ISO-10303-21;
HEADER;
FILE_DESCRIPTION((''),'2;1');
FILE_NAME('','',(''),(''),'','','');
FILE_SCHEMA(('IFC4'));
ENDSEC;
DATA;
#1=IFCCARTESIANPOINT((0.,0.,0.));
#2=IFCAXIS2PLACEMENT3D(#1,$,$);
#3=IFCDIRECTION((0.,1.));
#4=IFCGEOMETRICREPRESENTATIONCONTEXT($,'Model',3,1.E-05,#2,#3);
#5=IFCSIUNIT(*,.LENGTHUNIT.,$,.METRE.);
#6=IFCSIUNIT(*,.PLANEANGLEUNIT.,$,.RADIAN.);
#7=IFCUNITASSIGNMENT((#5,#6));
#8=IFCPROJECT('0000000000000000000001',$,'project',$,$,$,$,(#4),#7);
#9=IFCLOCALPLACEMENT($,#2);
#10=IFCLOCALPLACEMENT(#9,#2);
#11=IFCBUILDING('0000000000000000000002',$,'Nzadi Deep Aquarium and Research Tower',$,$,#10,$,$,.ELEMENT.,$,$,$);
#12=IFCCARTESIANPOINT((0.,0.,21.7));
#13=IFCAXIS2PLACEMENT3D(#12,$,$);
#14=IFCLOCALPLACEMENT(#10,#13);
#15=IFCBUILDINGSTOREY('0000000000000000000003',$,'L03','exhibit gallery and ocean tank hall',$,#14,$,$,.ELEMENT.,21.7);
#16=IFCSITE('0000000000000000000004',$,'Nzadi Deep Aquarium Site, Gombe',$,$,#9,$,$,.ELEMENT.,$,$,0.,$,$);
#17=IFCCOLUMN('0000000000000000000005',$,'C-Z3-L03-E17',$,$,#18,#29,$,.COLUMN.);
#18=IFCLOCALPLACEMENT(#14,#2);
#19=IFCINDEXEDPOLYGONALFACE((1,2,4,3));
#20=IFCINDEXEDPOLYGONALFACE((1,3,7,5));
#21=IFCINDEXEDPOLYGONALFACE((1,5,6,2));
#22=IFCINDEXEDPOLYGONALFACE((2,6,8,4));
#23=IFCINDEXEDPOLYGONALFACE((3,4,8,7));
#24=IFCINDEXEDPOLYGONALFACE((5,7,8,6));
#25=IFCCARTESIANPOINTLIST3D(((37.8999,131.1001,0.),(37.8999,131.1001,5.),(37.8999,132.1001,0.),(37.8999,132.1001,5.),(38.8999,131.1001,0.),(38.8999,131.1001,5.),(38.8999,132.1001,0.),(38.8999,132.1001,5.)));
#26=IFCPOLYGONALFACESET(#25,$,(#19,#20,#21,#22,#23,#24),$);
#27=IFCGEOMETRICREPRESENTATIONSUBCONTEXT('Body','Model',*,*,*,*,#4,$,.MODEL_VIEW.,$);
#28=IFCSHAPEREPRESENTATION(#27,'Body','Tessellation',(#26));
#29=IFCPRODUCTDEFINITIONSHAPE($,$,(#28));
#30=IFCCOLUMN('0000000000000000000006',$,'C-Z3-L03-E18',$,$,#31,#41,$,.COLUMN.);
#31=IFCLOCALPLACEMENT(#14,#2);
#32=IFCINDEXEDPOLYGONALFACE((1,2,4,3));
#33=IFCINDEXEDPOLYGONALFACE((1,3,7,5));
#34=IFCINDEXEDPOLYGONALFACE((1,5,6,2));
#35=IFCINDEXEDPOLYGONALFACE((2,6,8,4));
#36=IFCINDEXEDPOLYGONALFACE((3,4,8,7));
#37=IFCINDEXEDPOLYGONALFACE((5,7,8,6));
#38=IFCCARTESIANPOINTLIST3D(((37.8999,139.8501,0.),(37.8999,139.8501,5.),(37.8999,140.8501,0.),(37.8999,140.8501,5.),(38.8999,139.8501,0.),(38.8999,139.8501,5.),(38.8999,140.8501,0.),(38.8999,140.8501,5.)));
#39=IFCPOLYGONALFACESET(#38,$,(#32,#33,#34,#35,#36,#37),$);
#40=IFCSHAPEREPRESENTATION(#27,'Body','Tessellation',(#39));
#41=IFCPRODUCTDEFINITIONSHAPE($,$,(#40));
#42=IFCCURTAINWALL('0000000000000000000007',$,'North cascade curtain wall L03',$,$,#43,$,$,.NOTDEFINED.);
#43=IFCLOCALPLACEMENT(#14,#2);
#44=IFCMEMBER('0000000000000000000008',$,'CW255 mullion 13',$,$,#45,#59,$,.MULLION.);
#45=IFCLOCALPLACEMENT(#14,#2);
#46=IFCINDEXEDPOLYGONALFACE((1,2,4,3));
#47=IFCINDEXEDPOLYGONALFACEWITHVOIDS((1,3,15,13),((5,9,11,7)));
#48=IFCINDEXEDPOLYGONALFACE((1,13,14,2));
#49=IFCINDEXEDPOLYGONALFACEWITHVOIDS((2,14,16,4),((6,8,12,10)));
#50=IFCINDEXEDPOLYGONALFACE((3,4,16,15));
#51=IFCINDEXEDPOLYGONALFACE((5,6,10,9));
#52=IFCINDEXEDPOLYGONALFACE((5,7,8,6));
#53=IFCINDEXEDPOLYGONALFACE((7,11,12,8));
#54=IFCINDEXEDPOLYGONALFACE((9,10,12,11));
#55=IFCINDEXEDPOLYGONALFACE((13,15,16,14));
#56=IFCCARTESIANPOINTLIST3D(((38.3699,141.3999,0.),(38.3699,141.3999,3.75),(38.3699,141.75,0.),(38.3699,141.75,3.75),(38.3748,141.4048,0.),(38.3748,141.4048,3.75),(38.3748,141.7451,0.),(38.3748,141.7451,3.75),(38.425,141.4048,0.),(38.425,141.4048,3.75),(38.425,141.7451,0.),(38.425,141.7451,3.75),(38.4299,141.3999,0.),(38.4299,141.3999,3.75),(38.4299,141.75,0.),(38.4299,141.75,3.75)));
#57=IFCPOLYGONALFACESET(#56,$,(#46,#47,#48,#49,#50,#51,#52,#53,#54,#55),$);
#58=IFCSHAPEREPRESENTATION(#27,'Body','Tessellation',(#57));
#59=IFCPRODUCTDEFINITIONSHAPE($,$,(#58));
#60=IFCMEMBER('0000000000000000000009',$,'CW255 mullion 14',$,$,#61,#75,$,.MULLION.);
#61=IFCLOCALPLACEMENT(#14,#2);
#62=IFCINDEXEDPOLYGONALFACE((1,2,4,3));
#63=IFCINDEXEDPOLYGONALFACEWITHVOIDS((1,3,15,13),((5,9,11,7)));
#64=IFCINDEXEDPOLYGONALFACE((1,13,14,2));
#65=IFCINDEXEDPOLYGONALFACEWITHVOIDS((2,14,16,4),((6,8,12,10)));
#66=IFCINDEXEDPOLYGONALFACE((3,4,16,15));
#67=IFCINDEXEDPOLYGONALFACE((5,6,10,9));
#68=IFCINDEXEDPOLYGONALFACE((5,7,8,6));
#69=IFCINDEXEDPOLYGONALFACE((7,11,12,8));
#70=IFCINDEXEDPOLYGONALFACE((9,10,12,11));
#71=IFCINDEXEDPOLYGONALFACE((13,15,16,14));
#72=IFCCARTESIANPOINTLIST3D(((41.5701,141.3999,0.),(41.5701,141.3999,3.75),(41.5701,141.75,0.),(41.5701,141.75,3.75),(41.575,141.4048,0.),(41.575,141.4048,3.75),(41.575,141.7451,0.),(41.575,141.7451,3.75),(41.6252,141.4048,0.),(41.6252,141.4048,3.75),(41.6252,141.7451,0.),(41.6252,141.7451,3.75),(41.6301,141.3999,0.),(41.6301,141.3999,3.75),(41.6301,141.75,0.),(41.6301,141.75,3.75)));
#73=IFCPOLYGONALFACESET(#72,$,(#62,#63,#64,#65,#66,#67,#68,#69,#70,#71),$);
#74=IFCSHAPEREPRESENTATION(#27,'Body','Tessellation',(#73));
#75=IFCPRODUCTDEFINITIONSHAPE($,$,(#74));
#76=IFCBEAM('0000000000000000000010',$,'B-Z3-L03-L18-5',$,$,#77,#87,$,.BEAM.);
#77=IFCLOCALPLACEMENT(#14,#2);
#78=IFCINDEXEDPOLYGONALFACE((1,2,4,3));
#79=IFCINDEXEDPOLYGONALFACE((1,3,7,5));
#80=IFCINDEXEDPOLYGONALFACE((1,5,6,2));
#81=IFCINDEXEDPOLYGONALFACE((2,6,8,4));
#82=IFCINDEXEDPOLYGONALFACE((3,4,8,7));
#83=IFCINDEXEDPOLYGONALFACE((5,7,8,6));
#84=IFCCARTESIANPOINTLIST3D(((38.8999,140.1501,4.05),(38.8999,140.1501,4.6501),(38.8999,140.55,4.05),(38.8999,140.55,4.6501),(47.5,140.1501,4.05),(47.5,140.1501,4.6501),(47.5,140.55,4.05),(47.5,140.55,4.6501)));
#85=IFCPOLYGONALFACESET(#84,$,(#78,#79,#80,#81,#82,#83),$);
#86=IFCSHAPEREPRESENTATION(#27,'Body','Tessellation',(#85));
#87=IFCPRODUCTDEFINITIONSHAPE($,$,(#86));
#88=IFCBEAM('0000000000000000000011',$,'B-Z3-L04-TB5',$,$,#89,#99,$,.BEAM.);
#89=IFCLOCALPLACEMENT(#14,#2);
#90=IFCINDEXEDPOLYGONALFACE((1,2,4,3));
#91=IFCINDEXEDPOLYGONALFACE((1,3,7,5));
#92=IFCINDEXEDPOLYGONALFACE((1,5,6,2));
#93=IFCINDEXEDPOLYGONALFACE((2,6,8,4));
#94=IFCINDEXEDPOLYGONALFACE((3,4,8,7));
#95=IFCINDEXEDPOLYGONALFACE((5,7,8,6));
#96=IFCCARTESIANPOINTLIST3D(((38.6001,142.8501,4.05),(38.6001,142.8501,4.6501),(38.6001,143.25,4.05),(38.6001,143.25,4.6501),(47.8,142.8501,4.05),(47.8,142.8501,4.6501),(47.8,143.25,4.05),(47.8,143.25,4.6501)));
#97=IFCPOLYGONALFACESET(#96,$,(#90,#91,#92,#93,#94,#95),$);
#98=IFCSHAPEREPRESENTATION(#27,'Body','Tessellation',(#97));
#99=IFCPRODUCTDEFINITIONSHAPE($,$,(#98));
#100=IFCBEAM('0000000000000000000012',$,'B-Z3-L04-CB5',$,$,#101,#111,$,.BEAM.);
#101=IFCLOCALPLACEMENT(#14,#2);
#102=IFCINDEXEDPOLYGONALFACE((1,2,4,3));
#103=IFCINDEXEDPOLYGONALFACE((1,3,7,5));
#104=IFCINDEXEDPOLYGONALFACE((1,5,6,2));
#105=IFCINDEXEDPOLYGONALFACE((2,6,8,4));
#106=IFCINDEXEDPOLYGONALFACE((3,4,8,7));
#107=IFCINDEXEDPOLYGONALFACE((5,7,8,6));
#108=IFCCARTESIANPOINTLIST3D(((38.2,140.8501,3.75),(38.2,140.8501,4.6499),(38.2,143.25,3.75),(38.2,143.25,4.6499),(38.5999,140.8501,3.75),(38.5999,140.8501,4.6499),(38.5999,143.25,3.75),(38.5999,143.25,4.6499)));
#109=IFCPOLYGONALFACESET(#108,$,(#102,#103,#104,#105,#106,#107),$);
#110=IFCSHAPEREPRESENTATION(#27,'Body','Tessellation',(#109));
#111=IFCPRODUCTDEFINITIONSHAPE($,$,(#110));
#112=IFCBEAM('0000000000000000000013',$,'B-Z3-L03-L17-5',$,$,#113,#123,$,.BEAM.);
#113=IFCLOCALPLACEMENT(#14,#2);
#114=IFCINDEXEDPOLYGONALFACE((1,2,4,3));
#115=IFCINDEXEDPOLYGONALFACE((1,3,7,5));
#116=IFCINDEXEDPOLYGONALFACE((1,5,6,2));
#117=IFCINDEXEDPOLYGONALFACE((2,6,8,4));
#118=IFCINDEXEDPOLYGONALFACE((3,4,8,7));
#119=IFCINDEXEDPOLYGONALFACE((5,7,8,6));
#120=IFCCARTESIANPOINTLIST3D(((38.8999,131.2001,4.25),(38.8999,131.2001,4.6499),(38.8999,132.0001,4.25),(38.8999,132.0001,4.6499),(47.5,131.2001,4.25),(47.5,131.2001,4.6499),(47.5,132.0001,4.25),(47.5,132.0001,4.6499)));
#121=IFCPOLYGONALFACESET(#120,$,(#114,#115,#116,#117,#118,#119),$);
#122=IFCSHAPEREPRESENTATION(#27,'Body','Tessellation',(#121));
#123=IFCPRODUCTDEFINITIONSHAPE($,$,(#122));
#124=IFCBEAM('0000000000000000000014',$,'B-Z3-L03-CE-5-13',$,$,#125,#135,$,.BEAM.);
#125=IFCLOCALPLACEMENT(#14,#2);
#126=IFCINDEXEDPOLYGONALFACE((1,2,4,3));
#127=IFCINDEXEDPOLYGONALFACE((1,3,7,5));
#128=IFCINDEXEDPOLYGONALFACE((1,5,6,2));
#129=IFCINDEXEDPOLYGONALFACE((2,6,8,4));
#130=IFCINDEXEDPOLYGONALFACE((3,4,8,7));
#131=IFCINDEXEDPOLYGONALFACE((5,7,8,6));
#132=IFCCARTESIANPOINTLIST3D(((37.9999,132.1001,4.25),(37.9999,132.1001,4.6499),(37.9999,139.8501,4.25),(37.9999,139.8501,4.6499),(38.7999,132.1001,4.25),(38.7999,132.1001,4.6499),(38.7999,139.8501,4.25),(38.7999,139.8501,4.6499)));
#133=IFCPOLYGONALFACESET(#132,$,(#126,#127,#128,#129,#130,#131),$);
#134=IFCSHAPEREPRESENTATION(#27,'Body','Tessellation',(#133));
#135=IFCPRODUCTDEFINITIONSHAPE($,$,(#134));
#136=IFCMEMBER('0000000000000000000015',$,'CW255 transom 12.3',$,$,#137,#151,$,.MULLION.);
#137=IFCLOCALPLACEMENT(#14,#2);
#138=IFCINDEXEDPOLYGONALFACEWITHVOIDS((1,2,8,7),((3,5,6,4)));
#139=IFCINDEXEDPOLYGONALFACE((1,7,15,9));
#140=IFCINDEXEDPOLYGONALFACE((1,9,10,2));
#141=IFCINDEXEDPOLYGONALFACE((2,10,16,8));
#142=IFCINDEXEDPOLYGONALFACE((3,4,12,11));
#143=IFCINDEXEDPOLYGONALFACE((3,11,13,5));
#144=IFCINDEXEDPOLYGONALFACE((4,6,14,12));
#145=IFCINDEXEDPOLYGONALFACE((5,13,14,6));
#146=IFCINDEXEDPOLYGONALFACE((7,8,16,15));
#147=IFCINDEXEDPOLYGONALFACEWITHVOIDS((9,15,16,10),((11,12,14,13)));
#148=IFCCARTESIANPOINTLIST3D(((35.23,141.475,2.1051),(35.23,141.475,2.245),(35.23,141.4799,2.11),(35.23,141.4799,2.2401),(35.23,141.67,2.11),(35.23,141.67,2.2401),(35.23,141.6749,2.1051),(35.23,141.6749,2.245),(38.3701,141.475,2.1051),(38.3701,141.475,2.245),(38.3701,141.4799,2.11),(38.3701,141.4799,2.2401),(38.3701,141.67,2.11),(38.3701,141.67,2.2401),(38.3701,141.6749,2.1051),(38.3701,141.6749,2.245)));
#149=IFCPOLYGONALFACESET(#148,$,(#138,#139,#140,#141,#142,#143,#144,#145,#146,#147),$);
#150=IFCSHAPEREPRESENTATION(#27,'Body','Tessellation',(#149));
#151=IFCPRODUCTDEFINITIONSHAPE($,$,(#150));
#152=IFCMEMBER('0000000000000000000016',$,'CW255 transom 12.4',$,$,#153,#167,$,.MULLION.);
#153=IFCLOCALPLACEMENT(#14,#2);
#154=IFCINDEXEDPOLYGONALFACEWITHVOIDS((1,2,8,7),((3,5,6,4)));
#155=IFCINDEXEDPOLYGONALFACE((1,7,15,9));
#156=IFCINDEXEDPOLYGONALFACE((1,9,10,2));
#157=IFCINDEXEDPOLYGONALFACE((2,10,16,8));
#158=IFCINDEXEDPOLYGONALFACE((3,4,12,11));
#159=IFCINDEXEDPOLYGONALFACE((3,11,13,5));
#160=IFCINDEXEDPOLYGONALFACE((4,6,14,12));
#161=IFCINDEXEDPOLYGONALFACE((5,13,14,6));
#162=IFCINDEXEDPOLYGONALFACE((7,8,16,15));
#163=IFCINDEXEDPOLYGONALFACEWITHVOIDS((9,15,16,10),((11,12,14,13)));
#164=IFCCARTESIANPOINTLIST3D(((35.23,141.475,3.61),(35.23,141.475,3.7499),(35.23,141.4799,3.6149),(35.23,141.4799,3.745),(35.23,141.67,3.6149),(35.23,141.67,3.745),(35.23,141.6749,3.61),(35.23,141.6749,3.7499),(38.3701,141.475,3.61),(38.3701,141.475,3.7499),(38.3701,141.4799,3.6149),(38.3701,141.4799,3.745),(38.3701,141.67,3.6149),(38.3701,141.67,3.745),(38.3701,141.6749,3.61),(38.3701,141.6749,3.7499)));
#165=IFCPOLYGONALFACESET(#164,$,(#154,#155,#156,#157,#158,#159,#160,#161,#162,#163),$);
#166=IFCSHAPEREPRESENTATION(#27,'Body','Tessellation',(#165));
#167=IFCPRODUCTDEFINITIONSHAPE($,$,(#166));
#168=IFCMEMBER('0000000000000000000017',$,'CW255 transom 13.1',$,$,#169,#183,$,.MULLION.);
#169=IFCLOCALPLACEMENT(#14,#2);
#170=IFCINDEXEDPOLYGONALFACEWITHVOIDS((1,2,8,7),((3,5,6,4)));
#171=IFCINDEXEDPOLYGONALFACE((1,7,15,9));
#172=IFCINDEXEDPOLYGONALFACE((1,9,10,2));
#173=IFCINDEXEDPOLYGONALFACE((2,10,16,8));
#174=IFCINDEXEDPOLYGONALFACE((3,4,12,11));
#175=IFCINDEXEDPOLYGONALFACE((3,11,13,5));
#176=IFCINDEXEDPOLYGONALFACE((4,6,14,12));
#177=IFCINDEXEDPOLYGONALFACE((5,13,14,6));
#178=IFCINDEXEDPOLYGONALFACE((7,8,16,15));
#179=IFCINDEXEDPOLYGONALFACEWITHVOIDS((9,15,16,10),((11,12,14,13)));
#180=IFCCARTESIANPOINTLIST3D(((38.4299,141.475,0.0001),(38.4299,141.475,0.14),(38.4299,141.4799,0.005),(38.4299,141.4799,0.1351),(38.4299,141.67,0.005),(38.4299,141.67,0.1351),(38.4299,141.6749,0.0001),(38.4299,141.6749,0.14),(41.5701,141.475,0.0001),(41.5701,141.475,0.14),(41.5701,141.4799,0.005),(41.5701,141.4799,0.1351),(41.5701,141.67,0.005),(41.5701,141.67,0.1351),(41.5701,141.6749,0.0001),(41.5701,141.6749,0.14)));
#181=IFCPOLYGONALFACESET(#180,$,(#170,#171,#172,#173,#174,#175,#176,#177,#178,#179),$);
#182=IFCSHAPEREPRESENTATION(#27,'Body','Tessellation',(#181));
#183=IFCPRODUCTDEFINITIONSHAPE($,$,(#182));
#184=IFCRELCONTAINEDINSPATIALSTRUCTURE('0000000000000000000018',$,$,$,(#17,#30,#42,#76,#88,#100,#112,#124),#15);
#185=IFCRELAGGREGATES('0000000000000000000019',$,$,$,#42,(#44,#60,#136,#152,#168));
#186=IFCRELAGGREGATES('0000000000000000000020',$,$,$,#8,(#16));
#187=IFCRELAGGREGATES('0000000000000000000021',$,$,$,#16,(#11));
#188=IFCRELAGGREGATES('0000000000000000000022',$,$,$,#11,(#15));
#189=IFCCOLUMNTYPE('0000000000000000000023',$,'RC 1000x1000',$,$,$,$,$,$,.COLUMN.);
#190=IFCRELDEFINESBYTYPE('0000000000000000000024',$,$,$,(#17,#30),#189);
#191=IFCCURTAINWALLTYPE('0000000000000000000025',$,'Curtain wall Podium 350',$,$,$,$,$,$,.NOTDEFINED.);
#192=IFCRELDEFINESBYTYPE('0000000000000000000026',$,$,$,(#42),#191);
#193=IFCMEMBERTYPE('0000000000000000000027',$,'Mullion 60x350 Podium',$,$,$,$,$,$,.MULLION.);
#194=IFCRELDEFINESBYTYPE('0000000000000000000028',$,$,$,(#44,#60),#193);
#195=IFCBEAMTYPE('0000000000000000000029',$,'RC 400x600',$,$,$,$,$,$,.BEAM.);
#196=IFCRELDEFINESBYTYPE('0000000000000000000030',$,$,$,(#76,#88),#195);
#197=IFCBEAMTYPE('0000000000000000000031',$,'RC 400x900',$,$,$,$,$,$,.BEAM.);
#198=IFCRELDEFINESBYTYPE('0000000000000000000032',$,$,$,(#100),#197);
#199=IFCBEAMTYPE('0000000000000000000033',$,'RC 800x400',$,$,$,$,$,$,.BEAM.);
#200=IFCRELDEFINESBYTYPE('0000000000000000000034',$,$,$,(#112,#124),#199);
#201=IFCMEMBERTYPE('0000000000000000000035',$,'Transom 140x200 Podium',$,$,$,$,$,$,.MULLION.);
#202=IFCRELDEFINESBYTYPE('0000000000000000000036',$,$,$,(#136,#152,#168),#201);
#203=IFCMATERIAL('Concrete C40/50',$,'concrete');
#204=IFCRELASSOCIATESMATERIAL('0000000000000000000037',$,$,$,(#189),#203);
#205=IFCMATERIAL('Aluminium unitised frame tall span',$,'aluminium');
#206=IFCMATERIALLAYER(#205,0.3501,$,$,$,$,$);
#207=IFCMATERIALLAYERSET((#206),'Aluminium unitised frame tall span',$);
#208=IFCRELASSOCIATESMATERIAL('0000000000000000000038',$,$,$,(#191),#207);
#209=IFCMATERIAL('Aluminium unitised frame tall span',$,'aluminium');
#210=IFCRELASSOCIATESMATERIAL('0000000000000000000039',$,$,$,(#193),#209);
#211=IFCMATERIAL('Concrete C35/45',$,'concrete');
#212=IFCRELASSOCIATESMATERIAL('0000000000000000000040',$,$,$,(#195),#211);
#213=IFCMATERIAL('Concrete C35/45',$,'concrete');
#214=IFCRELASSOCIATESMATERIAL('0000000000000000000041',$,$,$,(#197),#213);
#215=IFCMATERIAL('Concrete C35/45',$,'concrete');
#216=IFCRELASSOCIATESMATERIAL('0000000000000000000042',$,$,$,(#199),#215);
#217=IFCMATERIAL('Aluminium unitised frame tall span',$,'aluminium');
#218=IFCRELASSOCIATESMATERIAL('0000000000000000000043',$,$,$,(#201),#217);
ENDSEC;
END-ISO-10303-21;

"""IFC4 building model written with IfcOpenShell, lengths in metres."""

from ifc_helpers import new_model, si_unit, direction, frame, origin, origin_2d, place, context, subcontext, project, spatial, rectangle, hollow_rectangle, extrude, material, layer, layer_set, material_profile, profile_set, type_object, element, aggregate, save


model = new_model("IFC4")

# Units and contexts
model_context = context("Model", 3, precision=1e-05, world=origin(), true_north=direction((0.0, 1.0)))
body_context = subcontext(model_context, "Body", "Model", "MODEL_VIEW")
ifc_project = project(units=[si_unit("LENGTHUNIT", "METRE"), si_unit("PLANEANGLEUNIT", "RADIAN")], contexts=[model_context])

# Site, building, storey
site_placement = place(None, origin())
site = spatial("IfcSite", under=ifc_project, at=site_placement, Name="Nzadi Deep Aquarium Site, Gombe", CompositionType="ELEMENT", RefElevation=0.0)
building_placement = place(site_placement, origin())
building = spatial("IfcBuilding", under=site, at=building_placement, Name="Nzadi Deep Aquarium and Research Tower", CompositionType="ELEMENT")
storey_placement = place(building_placement, frame((0.0, 0.0, 21.7)))
storey = spatial("IfcBuildingStorey", under=building, at=storey_placement, Name="L03", Description="exhibit gallery and ocean tank hall", CompositionType="ELEMENT", Elevation=21.7)

# Columns
ifc_material_1 = material(Name="Concrete C40/50", Category="concrete")
ifc_material_profile_1 = material_profile(ifc_material_1, rectangle(XDim=1.0, YDim=1.0, at=origin_2d()))
ifc_profile_set_1 = profile_set([ifc_material_profile_1], Name="Concrete C40/50")
column_type = type_object("IfcColumnType", Name="RC 1000x1000", PredefinedType="COLUMN", material=ifc_profile_set_1)
for number, where, z_axis, x_axis, name in (
    (1, (38.3999, 131.6001, 0.0), (0.0, 0.0, 1.0), (1.0, 0.0, 0.0), "C-Z3-L03-E17"),
    (2, (38.3999, 140.3501, 0.0), (0.0, 0.0, 1.0), (1.0, 0.0, 0.0), "C-Z3-L03-E18"),
):
    element("IfcColumn", number, at=place(storey_placement, frame(where, z_axis=z_axis, x_axis=x_axis)), inside=storey, type_object=column_type, Name=name, PredefinedType="COLUMN", context=body_context, shape_type="SweptSolid", body=[
        extrude(rectangle(XDim=1.0, YDim=1.0, at=origin_2d()), origin(), (0.0, 0.0, 1.0), 5.0),
    ])

# Curtain wall, members
ifc_material_2 = material(Name="Aluminium unitised frame tall span", Category="aluminium")
ifc_layer_1 = layer(ifc_material_2, 0.3501)
ifc_layer_set_1 = layer_set([ifc_layer_1], Name="Aluminium unitised frame tall span")
curtain_wall_type = type_object("IfcCurtainWallType", Name="Curtain wall Podium 350", PredefinedType="NOTDEFINED", material=ifc_layer_set_1)
curtain_wall_placement = place(storey_placement, origin())
curtain_wall = element("IfcCurtainWall", 3, at=curtain_wall_placement, inside=storey, type_object=curtain_wall_type, Name="North cascade curtain wall L03", PredefinedType="NOTDEFINED")
ifc_material_3 = material(Name="Aluminium unitised frame tall span", Category="aluminium")
ifc_material_profile_2 = material_profile(ifc_material_3, hollow_rectangle(XDim=0.3501, YDim=0.0601, WallThickness=0.0049, at=origin_2d()))
ifc_profile_set_2 = profile_set([ifc_material_profile_2], Name="Aluminium unitised frame tall span")
member_type_1 = type_object("IfcMemberType", Name="Mullion 60x350 Podium", PredefinedType="MULLION", material=ifc_profile_set_2)
member_1_placement = place(storey_placement, frame((38.3999, 141.575, 0.0), z_axis=(0.0, 0.0, 1.0), x_axis=(0.0, 1.0, 0.0)))
member_1 = element("IfcMember", 4, at=member_1_placement, type_object=member_type_1, Name="CW255 mullion 13", PredefinedType="MULLION", context=body_context, shape_type="SweptSolid", body=[
    extrude(hollow_rectangle(XDim=0.3501, YDim=0.0601, WallThickness=0.0049, at=origin_2d()), origin(), (0.0, 0.0, 1.0), 3.75),
])
member_2_placement = place(storey_placement, frame((41.6001, 141.575, 0.0), z_axis=(0.0, 0.0, 1.0), x_axis=(0.0, 1.0, 0.0)))
member_2 = element("IfcMember", 5, at=member_2_placement, type_object=member_type_1, Name="CW255 mullion 14", PredefinedType="MULLION", context=body_context, shape_type="SweptSolid", body=[
    extrude(hollow_rectangle(XDim=0.3501, YDim=0.0601, WallThickness=0.0049, at=origin_2d()), origin(), (0.0, 0.0, 1.0), 3.75),
])

# Beams
ifc_material_4 = material(Name="Concrete C35/45", Category="concrete")
ifc_material_profile_3 = material_profile(ifc_material_4, rectangle(XDim=0.3999, YDim=0.6001, at=origin_2d()))
ifc_profile_set_3 = profile_set([ifc_material_profile_3], Name="Concrete C35/45")
beam_type_1 = type_object("IfcBeamType", Name="RC 400x600", PredefinedType="BEAM", material=ifc_profile_set_3)
beam_1_placement = place(storey_placement, frame((38.8999, 140.3501, 4.3501), z_axis=(1.0, 0.0, 0.0), x_axis=(0.0, 1.0, 0.0)))
element("IfcBeam", 6, at=beam_1_placement, inside=storey, type_object=beam_type_1, Name="B-Z3-L03-L18-5", PredefinedType="BEAM", context=body_context, shape_type="SweptSolid", body=[
    extrude(rectangle(XDim=0.3999, YDim=0.6001, at=origin_2d()), origin(), (0.0, 0.0, 1.0), 8.6001),
])
beam_2_placement = place(storey_placement, frame((38.6001, 143.05, 4.3501), z_axis=(1.0, 0.0, 0.0), x_axis=(0.0, 1.0, 0.0)))
element("IfcBeam", 7, at=beam_2_placement, inside=storey, type_object=beam_type_1, Name="B-Z3-L04-TB5", PredefinedType="BEAM", context=body_context, shape_type="SweptSolid", body=[
    extrude(rectangle(XDim=0.3999, YDim=0.6001, at=origin_2d()), origin(), (0.0, 0.0, 1.0), 9.2),
])
ifc_material_5 = material(Name="Concrete C35/45", Category="concrete")
ifc_material_profile_4 = material_profile(ifc_material_5, rectangle(XDim=0.3999, YDim=0.8999, at=origin_2d()))
ifc_profile_set_4 = profile_set([ifc_material_profile_4], Name="Concrete C35/45")
beam_type_2 = type_object("IfcBeamType", Name="RC 400x900", PredefinedType="BEAM", material=ifc_profile_set_4)
beam_3_placement = place(storey_placement, frame((38.3999, 140.8501, 4.2), z_axis=(0.0, 1.0, 0.0), x_axis=(-1.0, 0.0, 0.0)))
element("IfcBeam", 8, at=beam_3_placement, inside=storey, type_object=beam_type_2, Name="B-Z3-L04-CB5", PredefinedType="BEAM", context=body_context, shape_type="SweptSolid", body=[
    extrude(rectangle(XDim=0.3999, YDim=0.8999, at=origin_2d()), origin(), (0.0, 0.0, 1.0), 2.3999),
])
ifc_material_6 = material(Name="Concrete C35/45", Category="concrete")
ifc_material_profile_5 = material_profile(ifc_material_6, rectangle(XDim=0.8, YDim=0.3999, at=origin_2d()))
ifc_profile_set_5 = profile_set([ifc_material_profile_5], Name="Concrete C35/45")
beam_type_3 = type_object("IfcBeamType", Name="RC 800x400", PredefinedType="BEAM", material=ifc_profile_set_5)
beam_4_placement = place(storey_placement, frame((38.8999, 131.6001, 4.45), z_axis=(1.0, 0.0, 0.0), x_axis=(0.0, 1.0, 0.0)))
element("IfcBeam", 9, at=beam_4_placement, inside=storey, type_object=beam_type_3, Name="B-Z3-L03-L17-5", PredefinedType="BEAM", context=body_context, shape_type="SweptSolid", body=[
    extrude(rectangle(XDim=0.8, YDim=0.3999, at=origin_2d()), origin(), (0.0, 0.0, 1.0), 8.6001),
])
beam_5_placement = place(storey_placement, frame((38.3999, 132.1001, 4.45), z_axis=(0.0, 1.0, 0.0), x_axis=(-1.0, 0.0, 0.0)))
element("IfcBeam", 10, at=beam_5_placement, inside=storey, type_object=beam_type_3, Name="B-Z3-L03-CE-5-13", PredefinedType="BEAM", context=body_context, shape_type="SweptSolid", body=[
    extrude(rectangle(XDim=0.8, YDim=0.3999, at=origin_2d()), origin(), (0.0, 0.0, 1.0), 7.75),
])

# Members
ifc_material_7 = material(Name="Aluminium unitised frame tall span", Category="aluminium")
ifc_material_profile_6 = material_profile(ifc_material_7, hollow_rectangle(XDim=0.2, YDim=0.1399, WallThickness=0.0049, at=origin_2d()))
ifc_profile_set_6 = profile_set([ifc_material_profile_6], Name="Aluminium unitised frame tall span")
member_type_2 = type_object("IfcMemberType", Name="Transom 140x200 Podium", PredefinedType="MULLION", material=ifc_profile_set_6)
member_3_placement = place(storey_placement, frame((35.23, 141.575, 2.175), z_axis=(1.0, 0.0, 0.0), x_axis=(0.0, 1.0, 0.0)))
member_3 = element("IfcMember", 11, at=member_3_placement, type_object=member_type_2, Name="CW255 transom 12.3", PredefinedType="MULLION", context=body_context, shape_type="SweptSolid", body=[
    extrude(hollow_rectangle(XDim=0.2, YDim=0.1399, WallThickness=0.0049, at=origin_2d()), origin(), (0.0, 0.0, 1.0), 3.1401),
])
member_4_placement = place(storey_placement, frame((35.23, 141.575, 3.6799), z_axis=(1.0, 0.0, 0.0), x_axis=(0.0, 1.0, 0.0)))
member_4 = element("IfcMember", 12, at=member_4_placement, type_object=member_type_2, Name="CW255 transom 12.4", PredefinedType="MULLION", context=body_context, shape_type="SweptSolid", body=[
    extrude(hollow_rectangle(XDim=0.2, YDim=0.1399, WallThickness=0.0049, at=origin_2d()), origin(), (0.0, 0.0, 1.0), 3.1401),
])
member_5_placement = place(storey_placement, frame((38.4299, 141.575, 0.0701), z_axis=(1.0, 0.0, 0.0), x_axis=(0.0, 1.0, 0.0)))
member_5 = element("IfcMember", 13, at=member_5_placement, type_object=member_type_2, Name="CW255 transom 13.1", PredefinedType="MULLION", context=body_context, shape_type="SweptSolid", body=[
    extrude(hollow_rectangle(XDim=0.2, YDim=0.1399, WallThickness=0.0049, at=origin_2d()), origin(), (0.0, 0.0, 1.0), 3.1401),
])

aggregate(curtain_wall, [member_1, member_2, member_3, member_4, member_5])

save(model, "model.ifc")
